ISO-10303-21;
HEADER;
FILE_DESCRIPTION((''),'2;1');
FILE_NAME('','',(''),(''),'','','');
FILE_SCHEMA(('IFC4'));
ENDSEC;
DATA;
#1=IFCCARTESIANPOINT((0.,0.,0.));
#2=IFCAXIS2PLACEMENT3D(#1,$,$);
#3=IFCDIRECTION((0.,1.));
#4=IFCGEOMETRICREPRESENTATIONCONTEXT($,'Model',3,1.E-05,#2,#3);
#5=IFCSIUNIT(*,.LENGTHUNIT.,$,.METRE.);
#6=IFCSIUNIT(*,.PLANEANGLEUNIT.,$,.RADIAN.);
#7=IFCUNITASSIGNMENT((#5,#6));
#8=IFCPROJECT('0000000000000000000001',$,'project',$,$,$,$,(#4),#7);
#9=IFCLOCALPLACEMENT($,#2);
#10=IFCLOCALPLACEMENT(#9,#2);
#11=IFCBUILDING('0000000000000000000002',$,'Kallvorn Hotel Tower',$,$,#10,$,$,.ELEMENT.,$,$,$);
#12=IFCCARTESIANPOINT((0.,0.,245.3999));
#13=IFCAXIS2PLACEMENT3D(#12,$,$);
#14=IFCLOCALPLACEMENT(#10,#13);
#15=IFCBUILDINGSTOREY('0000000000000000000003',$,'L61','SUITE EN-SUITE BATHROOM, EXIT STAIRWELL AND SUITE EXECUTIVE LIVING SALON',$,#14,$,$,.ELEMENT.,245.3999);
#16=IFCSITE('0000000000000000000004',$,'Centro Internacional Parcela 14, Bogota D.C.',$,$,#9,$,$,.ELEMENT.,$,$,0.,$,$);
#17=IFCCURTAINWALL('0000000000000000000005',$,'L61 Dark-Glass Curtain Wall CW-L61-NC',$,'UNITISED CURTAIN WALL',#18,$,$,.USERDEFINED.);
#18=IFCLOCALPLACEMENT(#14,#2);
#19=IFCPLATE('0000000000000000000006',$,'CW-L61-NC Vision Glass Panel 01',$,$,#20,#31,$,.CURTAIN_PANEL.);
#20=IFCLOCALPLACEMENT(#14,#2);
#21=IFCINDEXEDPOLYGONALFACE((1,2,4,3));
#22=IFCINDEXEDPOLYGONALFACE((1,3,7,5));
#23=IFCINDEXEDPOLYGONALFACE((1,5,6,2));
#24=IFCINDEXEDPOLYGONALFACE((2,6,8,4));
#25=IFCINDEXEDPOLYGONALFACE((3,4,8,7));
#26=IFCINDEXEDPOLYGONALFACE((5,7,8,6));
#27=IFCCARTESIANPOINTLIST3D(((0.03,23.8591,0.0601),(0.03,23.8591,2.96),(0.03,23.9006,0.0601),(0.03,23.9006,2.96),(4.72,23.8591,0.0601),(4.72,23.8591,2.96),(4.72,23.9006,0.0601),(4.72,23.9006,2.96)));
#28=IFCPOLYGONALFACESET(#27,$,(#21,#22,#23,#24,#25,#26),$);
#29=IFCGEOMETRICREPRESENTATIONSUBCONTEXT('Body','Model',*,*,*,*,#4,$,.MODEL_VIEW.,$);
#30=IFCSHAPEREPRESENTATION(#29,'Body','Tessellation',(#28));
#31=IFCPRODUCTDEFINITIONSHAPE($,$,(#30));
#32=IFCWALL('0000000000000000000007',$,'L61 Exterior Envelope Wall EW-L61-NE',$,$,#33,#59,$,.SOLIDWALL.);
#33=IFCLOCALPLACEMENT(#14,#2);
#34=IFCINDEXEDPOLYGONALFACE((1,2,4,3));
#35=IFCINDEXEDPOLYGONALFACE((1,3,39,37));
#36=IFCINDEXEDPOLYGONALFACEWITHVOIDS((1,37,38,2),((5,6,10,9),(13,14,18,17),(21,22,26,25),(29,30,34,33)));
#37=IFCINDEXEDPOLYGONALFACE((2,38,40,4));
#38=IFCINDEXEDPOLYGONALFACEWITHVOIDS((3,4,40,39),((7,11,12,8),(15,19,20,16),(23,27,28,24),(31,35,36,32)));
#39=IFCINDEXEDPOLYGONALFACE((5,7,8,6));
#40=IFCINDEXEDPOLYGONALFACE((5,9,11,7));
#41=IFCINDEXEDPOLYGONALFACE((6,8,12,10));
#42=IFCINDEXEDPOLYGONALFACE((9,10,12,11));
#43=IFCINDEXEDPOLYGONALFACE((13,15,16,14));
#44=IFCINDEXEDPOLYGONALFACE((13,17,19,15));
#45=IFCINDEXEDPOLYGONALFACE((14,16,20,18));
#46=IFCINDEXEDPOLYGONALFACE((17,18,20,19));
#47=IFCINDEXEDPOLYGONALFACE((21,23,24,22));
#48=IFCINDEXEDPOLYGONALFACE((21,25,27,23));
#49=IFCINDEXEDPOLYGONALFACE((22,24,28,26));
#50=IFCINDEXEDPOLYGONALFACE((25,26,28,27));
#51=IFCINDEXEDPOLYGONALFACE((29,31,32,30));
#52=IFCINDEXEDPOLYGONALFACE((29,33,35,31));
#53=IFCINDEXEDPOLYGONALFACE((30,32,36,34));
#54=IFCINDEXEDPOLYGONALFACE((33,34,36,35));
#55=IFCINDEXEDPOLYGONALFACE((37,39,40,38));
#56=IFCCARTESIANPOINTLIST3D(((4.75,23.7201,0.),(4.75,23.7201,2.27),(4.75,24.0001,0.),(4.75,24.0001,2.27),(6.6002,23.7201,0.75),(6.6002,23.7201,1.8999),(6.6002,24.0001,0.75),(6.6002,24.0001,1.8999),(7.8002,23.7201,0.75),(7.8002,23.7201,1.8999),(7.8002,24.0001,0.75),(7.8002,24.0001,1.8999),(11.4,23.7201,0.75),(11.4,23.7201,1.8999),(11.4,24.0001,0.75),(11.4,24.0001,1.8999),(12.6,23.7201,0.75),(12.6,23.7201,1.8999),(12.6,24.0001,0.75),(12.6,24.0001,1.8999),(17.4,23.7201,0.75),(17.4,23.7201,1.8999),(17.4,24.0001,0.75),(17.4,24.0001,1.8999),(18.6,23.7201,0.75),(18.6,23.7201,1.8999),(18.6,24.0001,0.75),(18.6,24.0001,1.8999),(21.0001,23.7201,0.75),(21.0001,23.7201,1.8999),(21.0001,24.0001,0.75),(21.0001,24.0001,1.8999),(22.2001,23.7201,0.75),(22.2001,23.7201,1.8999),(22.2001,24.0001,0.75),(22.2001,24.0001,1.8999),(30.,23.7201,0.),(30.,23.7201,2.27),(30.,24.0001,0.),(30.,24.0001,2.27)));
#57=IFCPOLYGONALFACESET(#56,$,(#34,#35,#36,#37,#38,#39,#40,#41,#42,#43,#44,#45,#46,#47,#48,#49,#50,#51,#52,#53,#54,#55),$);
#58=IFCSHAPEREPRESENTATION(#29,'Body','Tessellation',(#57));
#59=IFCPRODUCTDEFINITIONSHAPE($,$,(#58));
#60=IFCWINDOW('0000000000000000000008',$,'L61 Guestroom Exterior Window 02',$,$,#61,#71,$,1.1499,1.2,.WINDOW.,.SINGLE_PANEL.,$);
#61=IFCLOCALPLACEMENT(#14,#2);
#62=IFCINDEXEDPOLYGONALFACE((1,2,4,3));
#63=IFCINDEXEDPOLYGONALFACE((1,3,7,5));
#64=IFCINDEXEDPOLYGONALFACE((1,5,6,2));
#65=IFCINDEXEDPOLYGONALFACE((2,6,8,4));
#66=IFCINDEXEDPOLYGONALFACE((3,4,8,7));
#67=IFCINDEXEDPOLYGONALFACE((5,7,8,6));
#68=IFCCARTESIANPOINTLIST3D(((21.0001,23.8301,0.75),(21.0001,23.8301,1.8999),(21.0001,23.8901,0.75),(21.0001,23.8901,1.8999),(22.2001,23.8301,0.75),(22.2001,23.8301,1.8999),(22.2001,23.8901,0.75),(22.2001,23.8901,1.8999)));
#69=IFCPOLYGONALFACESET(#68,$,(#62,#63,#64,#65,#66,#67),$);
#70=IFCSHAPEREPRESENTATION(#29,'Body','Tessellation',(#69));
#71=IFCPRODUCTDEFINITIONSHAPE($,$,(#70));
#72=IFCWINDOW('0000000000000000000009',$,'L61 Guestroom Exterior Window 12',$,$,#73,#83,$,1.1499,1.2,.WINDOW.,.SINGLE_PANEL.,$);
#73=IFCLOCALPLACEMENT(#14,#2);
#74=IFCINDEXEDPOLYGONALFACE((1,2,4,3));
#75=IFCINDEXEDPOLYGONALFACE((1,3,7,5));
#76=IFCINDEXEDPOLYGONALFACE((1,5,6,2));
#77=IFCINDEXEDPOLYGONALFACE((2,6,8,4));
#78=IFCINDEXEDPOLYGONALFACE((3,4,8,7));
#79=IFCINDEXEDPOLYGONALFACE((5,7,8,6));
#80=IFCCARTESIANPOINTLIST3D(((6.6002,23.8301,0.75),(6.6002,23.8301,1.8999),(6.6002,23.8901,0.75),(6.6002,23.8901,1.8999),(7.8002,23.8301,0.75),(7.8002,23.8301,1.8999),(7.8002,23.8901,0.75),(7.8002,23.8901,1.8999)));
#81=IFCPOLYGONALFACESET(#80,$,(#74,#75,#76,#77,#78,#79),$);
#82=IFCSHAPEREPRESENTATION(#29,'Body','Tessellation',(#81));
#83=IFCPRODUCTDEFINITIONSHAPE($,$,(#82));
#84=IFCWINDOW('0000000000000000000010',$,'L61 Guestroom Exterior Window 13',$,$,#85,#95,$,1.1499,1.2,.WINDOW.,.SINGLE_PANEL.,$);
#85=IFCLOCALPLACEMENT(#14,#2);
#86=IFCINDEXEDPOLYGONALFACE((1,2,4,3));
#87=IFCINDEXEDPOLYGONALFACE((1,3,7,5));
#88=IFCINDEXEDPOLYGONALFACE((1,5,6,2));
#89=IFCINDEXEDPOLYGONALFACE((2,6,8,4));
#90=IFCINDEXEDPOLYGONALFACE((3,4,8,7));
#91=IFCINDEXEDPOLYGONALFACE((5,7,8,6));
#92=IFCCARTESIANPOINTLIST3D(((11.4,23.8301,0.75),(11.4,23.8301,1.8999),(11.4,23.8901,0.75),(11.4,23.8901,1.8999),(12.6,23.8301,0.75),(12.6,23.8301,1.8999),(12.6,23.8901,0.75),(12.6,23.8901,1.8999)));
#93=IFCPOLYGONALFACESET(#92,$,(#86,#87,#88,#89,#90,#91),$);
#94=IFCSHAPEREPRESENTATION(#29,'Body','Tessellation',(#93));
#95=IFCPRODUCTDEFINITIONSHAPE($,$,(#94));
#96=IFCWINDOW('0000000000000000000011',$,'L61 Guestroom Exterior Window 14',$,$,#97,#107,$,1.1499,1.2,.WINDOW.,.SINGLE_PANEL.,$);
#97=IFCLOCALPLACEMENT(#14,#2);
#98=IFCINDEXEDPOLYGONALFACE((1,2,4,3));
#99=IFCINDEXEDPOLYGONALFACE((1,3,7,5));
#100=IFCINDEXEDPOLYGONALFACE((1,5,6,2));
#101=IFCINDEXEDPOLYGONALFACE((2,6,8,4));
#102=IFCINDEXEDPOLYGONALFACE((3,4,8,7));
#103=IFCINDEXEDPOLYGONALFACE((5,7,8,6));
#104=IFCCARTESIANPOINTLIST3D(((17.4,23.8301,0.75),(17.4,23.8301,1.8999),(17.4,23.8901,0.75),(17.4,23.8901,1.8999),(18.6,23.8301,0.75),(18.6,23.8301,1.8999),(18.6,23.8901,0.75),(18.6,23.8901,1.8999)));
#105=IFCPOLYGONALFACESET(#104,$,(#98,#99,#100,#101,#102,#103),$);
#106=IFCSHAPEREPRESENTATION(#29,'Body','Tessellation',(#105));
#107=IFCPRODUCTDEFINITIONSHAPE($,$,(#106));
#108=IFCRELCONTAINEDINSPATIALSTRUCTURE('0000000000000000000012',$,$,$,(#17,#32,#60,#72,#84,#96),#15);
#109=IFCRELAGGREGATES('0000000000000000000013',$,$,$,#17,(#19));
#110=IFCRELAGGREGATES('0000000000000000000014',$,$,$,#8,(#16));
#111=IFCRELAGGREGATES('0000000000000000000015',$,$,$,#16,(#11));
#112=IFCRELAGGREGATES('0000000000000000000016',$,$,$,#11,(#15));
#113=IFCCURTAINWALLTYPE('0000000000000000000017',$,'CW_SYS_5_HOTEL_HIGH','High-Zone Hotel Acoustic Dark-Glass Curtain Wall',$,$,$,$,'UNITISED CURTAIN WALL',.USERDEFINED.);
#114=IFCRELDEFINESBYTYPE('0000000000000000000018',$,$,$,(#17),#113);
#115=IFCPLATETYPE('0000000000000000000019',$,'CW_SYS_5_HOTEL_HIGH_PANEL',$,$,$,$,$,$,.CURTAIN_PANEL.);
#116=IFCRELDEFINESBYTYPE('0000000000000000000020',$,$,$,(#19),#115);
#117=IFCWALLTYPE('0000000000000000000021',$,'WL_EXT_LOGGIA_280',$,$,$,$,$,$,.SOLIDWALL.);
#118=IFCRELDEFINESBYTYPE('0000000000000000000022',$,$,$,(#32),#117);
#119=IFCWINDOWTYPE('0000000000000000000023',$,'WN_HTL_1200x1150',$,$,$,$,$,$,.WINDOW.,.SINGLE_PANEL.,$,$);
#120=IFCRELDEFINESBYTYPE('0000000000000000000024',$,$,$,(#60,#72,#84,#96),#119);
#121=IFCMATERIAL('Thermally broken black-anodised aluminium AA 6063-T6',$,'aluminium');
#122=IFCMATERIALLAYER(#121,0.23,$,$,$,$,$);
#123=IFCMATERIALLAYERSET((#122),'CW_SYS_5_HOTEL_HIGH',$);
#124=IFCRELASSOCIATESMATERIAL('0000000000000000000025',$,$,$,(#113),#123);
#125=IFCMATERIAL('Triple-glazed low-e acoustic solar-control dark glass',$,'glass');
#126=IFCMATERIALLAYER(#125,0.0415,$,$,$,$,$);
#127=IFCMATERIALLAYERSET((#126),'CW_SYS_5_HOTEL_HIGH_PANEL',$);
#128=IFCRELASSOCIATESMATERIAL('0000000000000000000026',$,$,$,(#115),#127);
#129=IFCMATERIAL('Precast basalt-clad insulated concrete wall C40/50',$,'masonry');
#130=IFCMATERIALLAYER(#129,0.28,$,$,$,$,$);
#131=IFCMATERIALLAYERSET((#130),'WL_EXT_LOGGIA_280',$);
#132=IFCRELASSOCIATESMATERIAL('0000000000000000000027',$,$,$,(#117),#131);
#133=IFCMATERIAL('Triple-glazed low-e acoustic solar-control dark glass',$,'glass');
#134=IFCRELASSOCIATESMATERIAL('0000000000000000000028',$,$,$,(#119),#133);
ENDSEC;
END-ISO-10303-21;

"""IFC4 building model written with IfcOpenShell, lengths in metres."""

from ifc_helpers import new_model, si_unit, direction, frame, frame_2d, origin, origin_2d, place, context, subcontext, project, spatial, rectangle, extrude, material, layer, layer_set, type_object, element, fill, aggregate, save


model = new_model("IFC4")

# Units and contexts
model_context = context("Model", 3, precision=1e-05, world=origin(), true_north=direction((0.0, 1.0)))
body_context = subcontext(model_context, "Body", "Model", "MODEL_VIEW")
ifc_project = project(units=[si_unit("LENGTHUNIT", "METRE"), si_unit("PLANEANGLEUNIT", "RADIAN")], contexts=[model_context])

# Site, building, storey
site_placement = place(None, origin())
site = spatial("IfcSite", under=ifc_project, at=site_placement, Name="Centro Internacional Parcela 14, Bogota D.C.", CompositionType="ELEMENT", RefElevation=0.0)
building_placement = place(site_placement, origin())
building = spatial("IfcBuilding", under=site, at=building_placement, Name="Kallvorn Hotel Tower", CompositionType="ELEMENT")
storey_placement = place(building_placement, frame((0.0, 0.0, 245.3999)))
storey = spatial("IfcBuildingStorey", under=building, at=storey_placement, Name="L61", Description="SUITE EN-SUITE BATHROOM, EXIT STAIRWELL AND SUITE EXECUTIVE LIVING SALON", CompositionType="ELEMENT", Elevation=245.3999)

# Curtain wall, plate
ifc_material_1 = material(Name="Thermally broken black-anodised aluminium AA 6063-T6", Category="aluminium")
ifc_layer_1 = layer(ifc_material_1, 0.23)
ifc_layer_set_1 = layer_set([ifc_layer_1], Name="CW_SYS_5_HOTEL_HIGH")
curtain_wall_type = type_object("IfcCurtainWallType", Name="CW_SYS_5_HOTEL_HIGH", Description="High-Zone Hotel Acoustic Dark-Glass Curtain Wall", ElementType="UNITISED CURTAIN WALL", PredefinedType="USERDEFINED", material=ifc_layer_set_1)
curtain_wall_placement = place(storey_placement, origin())
curtain_wall = element("IfcCurtainWall", 1, at=curtain_wall_placement, inside=storey, type_object=curtain_wall_type, Name="L61 Dark-Glass Curtain Wall CW-L61-NC", ObjectType="UNITISED CURTAIN WALL", PredefinedType="USERDEFINED")
ifc_material_2 = material(Name="Triple-glazed low-e acoustic solar-control dark glass", Category="glass")
ifc_layer_2 = layer(ifc_material_2, 0.0415)
ifc_layer_set_2 = layer_set([ifc_layer_2], Name="CW_SYS_5_HOTEL_HIGH_PANEL")
plate_type = type_object("IfcPlateType", Name="CW_SYS_5_HOTEL_HIGH_PANEL", PredefinedType="CURTAIN_PANEL", material=ifc_layer_set_2)
plate_1_placement = place(storey_placement, frame((2.375, 23.8799, 0.0601), z_axis=(0.0, 0.0, 1.0), x_axis=(1.0, 0.0, 0.0)))
plate_1 = element("IfcPlate", 2, at=plate_1_placement, type_object=plate_type, Name="CW-L61-NC Vision Glass Panel 01", PredefinedType="CURTAIN_PANEL", context=body_context, shape_type="SweptSolid", body=[
    extrude(rectangle(XDim=4.6899, YDim=0.0415, at=origin_2d()), origin(), (0.0, 0.0, 1.0), 2.8999),
])
aggregate(curtain_wall, [plate_1])

# Wall, openings, windows
ifc_material_3 = material(Name="Precast basalt-clad insulated concrete wall C40/50", Category="masonry")
ifc_layer_3 = layer(ifc_material_3, 0.28)
ifc_layer_set_3 = layer_set([ifc_layer_3], Name="WL_EXT_LOGGIA_280")
wall_type = type_object("IfcWallType", Name="WL_EXT_LOGGIA_280", PredefinedType="SOLIDWALL", material=ifc_layer_set_3)
wall_placement = place(storey_placement, frame((4.75, 23.8601, 0.0), z_axis=(0.0, 0.0, 1.0), x_axis=(1.0, 0.0, 0.0)))
wall = element("IfcWall", 3, at=wall_placement, inside=storey, type_object=wall_type, Name="L61 Exterior Envelope Wall EW-L61-NE", PredefinedType="SOLIDWALL", context=body_context, shape_type="SweptSolid", body=[
    extrude(rectangle(XDim=25.25, YDim=0.28, at=frame_2d((12.625, 0.0))), origin(), (0.0, 0.0, 1.0), 2.27),
])
opening_1_placement = place(wall_placement, frame((16.25, 0.0, 0.75)))
opening_1 = element("IfcOpeningElement", 4, at=opening_1_placement, cuts=wall, PredefinedType="OPENING", context=body_context, shape_type="SweptSolid", body=[
    extrude(rectangle(XDim=1.2, YDim=1.1499, at=frame_2d((0.6001, 0.575))), frame((0.0, 0.155, 0.0), z_axis=(0.0, -1.0, 0.0), x_axis=(1.0, 0.0, 0.0)), (0.0, 0.0, 1.0), 0.3101),
])
opening_2_placement = place(wall_placement, frame((1.8501, 0.0, 0.75)))
opening_2 = element("IfcOpeningElement", 5, at=opening_2_placement, cuts=wall, PredefinedType="OPENING", context=body_context, shape_type="SweptSolid", body=[
    extrude(rectangle(XDim=1.2, YDim=1.1499, at=frame_2d((0.6001, 0.575))), frame((0.0, 0.155, 0.0), z_axis=(0.0, -1.0, 0.0), x_axis=(1.0, 0.0, 0.0)), (0.0, 0.0, 1.0), 0.3101),
])
opening_3_placement = place(wall_placement, frame((6.6499, 0.0, 0.75)))
opening_3 = element("IfcOpeningElement", 6, at=opening_3_placement, cuts=wall, PredefinedType="OPENING", context=body_context, shape_type="SweptSolid", body=[
    extrude(rectangle(XDim=1.2, YDim=1.1499, at=frame_2d((0.6001, 0.575))), frame((0.0, 0.155, 0.0), z_axis=(0.0, -1.0, 0.0), x_axis=(1.0, 0.0, 0.0)), (0.0, 0.0, 1.0), 0.3101),
])
opening_4_placement = place(wall_placement, frame((12.6499, 0.0, 0.75)))
opening_4 = element("IfcOpeningElement", 7, at=opening_4_placement, cuts=wall, PredefinedType="OPENING", context=body_context, shape_type="SweptSolid", body=[
    extrude(rectangle(XDim=1.2, YDim=1.1499, at=frame_2d((0.6001, 0.575))), frame((0.0, 0.155, 0.0), z_axis=(0.0, -1.0, 0.0), x_axis=(1.0, 0.0, 0.0)), (0.0, 0.0, 1.0), 0.3101),
])
ifc_material_4 = material(Name="Triple-glazed low-e acoustic solar-control dark glass", Category="glass")
window_type = type_object("IfcWindowType", Name="WN_HTL_1200x1150", PartitioningType="SINGLE_PANEL", PredefinedType="WINDOW", material=ifc_material_4)
window_1_placement = place(opening_1_placement, origin())
window_1 = element("IfcWindow", 8, at=window_1_placement, inside=storey, type_object=window_type, Name="L61 Guestroom Exterior Window 02", OverallHeight=1.1499, OverallWidth=1.2, PartitioningType="SINGLE_PANEL", PredefinedType="WINDOW", context=body_context, shape_type="SweptSolid", body=[
    extrude(rectangle(XDim=1.2, YDim=1.1499, at=frame_2d((0.6001, 0.575))), frame((0.0, 0.03, 0.0), z_axis=(0.0, -1.0, 0.0), x_axis=(1.0, 0.0, 0.0)), (0.0, 0.0, 1.0), 0.0601),
])
fill(opening_1, window_1)
window_2_placement = place(opening_2_placement, origin())
window_2 = element("IfcWindow", 9, at=window_2_placement, inside=storey, type_object=window_type, Name="L61 Guestroom Exterior Window 12", OverallHeight=1.1499, OverallWidth=1.2, PartitioningType="SINGLE_PANEL", PredefinedType="WINDOW", context=body_context, shape_type="SweptSolid", body=[
    extrude(rectangle(XDim=1.2, YDim=1.1499, at=frame_2d((0.6001, 0.575))), frame((0.0, 0.03, 0.0), z_axis=(0.0, -1.0, 0.0), x_axis=(1.0, 0.0, 0.0)), (0.0, 0.0, 1.0), 0.0601),
])
fill(opening_2, window_2)
window_3_placement = place(opening_3_placement, origin())
window_3 = element("IfcWindow", 10, at=window_3_placement, inside=storey, type_object=window_type, Name="L61 Guestroom Exterior Window 13", OverallHeight=1.1499, OverallWidth=1.2, PartitioningType="SINGLE_PANEL", PredefinedType="WINDOW", context=body_context, shape_type="SweptSolid", body=[
    extrude(rectangle(XDim=1.2, YDim=1.1499, at=frame_2d((0.6001, 0.575))), frame((0.0, 0.03, 0.0), z_axis=(0.0, -1.0, 0.0), x_axis=(1.0, 0.0, 0.0)), (0.0, 0.0, 1.0), 0.0601),
])
fill(opening_3, window_3)
window_4_placement = place(opening_4_placement, origin())
window_4 = element("IfcWindow", 11, at=window_4_placement, inside=storey, type_object=window_type, Name="L61 Guestroom Exterior Window 14", OverallHeight=1.1499, OverallWidth=1.2, PartitioningType="SINGLE_PANEL", PredefinedType="WINDOW", context=body_context, shape_type="SweptSolid", body=[
    extrude(rectangle(XDim=1.2, YDim=1.1499, at=frame_2d((0.6001, 0.575))), frame((0.0, 0.03, 0.0), z_axis=(0.0, -1.0, 0.0), x_axis=(1.0, 0.0, 0.0)), (0.0, 0.0, 1.0), 0.0601),
])
fill(opening_4, window_4)

save(model, "model.ifc")
